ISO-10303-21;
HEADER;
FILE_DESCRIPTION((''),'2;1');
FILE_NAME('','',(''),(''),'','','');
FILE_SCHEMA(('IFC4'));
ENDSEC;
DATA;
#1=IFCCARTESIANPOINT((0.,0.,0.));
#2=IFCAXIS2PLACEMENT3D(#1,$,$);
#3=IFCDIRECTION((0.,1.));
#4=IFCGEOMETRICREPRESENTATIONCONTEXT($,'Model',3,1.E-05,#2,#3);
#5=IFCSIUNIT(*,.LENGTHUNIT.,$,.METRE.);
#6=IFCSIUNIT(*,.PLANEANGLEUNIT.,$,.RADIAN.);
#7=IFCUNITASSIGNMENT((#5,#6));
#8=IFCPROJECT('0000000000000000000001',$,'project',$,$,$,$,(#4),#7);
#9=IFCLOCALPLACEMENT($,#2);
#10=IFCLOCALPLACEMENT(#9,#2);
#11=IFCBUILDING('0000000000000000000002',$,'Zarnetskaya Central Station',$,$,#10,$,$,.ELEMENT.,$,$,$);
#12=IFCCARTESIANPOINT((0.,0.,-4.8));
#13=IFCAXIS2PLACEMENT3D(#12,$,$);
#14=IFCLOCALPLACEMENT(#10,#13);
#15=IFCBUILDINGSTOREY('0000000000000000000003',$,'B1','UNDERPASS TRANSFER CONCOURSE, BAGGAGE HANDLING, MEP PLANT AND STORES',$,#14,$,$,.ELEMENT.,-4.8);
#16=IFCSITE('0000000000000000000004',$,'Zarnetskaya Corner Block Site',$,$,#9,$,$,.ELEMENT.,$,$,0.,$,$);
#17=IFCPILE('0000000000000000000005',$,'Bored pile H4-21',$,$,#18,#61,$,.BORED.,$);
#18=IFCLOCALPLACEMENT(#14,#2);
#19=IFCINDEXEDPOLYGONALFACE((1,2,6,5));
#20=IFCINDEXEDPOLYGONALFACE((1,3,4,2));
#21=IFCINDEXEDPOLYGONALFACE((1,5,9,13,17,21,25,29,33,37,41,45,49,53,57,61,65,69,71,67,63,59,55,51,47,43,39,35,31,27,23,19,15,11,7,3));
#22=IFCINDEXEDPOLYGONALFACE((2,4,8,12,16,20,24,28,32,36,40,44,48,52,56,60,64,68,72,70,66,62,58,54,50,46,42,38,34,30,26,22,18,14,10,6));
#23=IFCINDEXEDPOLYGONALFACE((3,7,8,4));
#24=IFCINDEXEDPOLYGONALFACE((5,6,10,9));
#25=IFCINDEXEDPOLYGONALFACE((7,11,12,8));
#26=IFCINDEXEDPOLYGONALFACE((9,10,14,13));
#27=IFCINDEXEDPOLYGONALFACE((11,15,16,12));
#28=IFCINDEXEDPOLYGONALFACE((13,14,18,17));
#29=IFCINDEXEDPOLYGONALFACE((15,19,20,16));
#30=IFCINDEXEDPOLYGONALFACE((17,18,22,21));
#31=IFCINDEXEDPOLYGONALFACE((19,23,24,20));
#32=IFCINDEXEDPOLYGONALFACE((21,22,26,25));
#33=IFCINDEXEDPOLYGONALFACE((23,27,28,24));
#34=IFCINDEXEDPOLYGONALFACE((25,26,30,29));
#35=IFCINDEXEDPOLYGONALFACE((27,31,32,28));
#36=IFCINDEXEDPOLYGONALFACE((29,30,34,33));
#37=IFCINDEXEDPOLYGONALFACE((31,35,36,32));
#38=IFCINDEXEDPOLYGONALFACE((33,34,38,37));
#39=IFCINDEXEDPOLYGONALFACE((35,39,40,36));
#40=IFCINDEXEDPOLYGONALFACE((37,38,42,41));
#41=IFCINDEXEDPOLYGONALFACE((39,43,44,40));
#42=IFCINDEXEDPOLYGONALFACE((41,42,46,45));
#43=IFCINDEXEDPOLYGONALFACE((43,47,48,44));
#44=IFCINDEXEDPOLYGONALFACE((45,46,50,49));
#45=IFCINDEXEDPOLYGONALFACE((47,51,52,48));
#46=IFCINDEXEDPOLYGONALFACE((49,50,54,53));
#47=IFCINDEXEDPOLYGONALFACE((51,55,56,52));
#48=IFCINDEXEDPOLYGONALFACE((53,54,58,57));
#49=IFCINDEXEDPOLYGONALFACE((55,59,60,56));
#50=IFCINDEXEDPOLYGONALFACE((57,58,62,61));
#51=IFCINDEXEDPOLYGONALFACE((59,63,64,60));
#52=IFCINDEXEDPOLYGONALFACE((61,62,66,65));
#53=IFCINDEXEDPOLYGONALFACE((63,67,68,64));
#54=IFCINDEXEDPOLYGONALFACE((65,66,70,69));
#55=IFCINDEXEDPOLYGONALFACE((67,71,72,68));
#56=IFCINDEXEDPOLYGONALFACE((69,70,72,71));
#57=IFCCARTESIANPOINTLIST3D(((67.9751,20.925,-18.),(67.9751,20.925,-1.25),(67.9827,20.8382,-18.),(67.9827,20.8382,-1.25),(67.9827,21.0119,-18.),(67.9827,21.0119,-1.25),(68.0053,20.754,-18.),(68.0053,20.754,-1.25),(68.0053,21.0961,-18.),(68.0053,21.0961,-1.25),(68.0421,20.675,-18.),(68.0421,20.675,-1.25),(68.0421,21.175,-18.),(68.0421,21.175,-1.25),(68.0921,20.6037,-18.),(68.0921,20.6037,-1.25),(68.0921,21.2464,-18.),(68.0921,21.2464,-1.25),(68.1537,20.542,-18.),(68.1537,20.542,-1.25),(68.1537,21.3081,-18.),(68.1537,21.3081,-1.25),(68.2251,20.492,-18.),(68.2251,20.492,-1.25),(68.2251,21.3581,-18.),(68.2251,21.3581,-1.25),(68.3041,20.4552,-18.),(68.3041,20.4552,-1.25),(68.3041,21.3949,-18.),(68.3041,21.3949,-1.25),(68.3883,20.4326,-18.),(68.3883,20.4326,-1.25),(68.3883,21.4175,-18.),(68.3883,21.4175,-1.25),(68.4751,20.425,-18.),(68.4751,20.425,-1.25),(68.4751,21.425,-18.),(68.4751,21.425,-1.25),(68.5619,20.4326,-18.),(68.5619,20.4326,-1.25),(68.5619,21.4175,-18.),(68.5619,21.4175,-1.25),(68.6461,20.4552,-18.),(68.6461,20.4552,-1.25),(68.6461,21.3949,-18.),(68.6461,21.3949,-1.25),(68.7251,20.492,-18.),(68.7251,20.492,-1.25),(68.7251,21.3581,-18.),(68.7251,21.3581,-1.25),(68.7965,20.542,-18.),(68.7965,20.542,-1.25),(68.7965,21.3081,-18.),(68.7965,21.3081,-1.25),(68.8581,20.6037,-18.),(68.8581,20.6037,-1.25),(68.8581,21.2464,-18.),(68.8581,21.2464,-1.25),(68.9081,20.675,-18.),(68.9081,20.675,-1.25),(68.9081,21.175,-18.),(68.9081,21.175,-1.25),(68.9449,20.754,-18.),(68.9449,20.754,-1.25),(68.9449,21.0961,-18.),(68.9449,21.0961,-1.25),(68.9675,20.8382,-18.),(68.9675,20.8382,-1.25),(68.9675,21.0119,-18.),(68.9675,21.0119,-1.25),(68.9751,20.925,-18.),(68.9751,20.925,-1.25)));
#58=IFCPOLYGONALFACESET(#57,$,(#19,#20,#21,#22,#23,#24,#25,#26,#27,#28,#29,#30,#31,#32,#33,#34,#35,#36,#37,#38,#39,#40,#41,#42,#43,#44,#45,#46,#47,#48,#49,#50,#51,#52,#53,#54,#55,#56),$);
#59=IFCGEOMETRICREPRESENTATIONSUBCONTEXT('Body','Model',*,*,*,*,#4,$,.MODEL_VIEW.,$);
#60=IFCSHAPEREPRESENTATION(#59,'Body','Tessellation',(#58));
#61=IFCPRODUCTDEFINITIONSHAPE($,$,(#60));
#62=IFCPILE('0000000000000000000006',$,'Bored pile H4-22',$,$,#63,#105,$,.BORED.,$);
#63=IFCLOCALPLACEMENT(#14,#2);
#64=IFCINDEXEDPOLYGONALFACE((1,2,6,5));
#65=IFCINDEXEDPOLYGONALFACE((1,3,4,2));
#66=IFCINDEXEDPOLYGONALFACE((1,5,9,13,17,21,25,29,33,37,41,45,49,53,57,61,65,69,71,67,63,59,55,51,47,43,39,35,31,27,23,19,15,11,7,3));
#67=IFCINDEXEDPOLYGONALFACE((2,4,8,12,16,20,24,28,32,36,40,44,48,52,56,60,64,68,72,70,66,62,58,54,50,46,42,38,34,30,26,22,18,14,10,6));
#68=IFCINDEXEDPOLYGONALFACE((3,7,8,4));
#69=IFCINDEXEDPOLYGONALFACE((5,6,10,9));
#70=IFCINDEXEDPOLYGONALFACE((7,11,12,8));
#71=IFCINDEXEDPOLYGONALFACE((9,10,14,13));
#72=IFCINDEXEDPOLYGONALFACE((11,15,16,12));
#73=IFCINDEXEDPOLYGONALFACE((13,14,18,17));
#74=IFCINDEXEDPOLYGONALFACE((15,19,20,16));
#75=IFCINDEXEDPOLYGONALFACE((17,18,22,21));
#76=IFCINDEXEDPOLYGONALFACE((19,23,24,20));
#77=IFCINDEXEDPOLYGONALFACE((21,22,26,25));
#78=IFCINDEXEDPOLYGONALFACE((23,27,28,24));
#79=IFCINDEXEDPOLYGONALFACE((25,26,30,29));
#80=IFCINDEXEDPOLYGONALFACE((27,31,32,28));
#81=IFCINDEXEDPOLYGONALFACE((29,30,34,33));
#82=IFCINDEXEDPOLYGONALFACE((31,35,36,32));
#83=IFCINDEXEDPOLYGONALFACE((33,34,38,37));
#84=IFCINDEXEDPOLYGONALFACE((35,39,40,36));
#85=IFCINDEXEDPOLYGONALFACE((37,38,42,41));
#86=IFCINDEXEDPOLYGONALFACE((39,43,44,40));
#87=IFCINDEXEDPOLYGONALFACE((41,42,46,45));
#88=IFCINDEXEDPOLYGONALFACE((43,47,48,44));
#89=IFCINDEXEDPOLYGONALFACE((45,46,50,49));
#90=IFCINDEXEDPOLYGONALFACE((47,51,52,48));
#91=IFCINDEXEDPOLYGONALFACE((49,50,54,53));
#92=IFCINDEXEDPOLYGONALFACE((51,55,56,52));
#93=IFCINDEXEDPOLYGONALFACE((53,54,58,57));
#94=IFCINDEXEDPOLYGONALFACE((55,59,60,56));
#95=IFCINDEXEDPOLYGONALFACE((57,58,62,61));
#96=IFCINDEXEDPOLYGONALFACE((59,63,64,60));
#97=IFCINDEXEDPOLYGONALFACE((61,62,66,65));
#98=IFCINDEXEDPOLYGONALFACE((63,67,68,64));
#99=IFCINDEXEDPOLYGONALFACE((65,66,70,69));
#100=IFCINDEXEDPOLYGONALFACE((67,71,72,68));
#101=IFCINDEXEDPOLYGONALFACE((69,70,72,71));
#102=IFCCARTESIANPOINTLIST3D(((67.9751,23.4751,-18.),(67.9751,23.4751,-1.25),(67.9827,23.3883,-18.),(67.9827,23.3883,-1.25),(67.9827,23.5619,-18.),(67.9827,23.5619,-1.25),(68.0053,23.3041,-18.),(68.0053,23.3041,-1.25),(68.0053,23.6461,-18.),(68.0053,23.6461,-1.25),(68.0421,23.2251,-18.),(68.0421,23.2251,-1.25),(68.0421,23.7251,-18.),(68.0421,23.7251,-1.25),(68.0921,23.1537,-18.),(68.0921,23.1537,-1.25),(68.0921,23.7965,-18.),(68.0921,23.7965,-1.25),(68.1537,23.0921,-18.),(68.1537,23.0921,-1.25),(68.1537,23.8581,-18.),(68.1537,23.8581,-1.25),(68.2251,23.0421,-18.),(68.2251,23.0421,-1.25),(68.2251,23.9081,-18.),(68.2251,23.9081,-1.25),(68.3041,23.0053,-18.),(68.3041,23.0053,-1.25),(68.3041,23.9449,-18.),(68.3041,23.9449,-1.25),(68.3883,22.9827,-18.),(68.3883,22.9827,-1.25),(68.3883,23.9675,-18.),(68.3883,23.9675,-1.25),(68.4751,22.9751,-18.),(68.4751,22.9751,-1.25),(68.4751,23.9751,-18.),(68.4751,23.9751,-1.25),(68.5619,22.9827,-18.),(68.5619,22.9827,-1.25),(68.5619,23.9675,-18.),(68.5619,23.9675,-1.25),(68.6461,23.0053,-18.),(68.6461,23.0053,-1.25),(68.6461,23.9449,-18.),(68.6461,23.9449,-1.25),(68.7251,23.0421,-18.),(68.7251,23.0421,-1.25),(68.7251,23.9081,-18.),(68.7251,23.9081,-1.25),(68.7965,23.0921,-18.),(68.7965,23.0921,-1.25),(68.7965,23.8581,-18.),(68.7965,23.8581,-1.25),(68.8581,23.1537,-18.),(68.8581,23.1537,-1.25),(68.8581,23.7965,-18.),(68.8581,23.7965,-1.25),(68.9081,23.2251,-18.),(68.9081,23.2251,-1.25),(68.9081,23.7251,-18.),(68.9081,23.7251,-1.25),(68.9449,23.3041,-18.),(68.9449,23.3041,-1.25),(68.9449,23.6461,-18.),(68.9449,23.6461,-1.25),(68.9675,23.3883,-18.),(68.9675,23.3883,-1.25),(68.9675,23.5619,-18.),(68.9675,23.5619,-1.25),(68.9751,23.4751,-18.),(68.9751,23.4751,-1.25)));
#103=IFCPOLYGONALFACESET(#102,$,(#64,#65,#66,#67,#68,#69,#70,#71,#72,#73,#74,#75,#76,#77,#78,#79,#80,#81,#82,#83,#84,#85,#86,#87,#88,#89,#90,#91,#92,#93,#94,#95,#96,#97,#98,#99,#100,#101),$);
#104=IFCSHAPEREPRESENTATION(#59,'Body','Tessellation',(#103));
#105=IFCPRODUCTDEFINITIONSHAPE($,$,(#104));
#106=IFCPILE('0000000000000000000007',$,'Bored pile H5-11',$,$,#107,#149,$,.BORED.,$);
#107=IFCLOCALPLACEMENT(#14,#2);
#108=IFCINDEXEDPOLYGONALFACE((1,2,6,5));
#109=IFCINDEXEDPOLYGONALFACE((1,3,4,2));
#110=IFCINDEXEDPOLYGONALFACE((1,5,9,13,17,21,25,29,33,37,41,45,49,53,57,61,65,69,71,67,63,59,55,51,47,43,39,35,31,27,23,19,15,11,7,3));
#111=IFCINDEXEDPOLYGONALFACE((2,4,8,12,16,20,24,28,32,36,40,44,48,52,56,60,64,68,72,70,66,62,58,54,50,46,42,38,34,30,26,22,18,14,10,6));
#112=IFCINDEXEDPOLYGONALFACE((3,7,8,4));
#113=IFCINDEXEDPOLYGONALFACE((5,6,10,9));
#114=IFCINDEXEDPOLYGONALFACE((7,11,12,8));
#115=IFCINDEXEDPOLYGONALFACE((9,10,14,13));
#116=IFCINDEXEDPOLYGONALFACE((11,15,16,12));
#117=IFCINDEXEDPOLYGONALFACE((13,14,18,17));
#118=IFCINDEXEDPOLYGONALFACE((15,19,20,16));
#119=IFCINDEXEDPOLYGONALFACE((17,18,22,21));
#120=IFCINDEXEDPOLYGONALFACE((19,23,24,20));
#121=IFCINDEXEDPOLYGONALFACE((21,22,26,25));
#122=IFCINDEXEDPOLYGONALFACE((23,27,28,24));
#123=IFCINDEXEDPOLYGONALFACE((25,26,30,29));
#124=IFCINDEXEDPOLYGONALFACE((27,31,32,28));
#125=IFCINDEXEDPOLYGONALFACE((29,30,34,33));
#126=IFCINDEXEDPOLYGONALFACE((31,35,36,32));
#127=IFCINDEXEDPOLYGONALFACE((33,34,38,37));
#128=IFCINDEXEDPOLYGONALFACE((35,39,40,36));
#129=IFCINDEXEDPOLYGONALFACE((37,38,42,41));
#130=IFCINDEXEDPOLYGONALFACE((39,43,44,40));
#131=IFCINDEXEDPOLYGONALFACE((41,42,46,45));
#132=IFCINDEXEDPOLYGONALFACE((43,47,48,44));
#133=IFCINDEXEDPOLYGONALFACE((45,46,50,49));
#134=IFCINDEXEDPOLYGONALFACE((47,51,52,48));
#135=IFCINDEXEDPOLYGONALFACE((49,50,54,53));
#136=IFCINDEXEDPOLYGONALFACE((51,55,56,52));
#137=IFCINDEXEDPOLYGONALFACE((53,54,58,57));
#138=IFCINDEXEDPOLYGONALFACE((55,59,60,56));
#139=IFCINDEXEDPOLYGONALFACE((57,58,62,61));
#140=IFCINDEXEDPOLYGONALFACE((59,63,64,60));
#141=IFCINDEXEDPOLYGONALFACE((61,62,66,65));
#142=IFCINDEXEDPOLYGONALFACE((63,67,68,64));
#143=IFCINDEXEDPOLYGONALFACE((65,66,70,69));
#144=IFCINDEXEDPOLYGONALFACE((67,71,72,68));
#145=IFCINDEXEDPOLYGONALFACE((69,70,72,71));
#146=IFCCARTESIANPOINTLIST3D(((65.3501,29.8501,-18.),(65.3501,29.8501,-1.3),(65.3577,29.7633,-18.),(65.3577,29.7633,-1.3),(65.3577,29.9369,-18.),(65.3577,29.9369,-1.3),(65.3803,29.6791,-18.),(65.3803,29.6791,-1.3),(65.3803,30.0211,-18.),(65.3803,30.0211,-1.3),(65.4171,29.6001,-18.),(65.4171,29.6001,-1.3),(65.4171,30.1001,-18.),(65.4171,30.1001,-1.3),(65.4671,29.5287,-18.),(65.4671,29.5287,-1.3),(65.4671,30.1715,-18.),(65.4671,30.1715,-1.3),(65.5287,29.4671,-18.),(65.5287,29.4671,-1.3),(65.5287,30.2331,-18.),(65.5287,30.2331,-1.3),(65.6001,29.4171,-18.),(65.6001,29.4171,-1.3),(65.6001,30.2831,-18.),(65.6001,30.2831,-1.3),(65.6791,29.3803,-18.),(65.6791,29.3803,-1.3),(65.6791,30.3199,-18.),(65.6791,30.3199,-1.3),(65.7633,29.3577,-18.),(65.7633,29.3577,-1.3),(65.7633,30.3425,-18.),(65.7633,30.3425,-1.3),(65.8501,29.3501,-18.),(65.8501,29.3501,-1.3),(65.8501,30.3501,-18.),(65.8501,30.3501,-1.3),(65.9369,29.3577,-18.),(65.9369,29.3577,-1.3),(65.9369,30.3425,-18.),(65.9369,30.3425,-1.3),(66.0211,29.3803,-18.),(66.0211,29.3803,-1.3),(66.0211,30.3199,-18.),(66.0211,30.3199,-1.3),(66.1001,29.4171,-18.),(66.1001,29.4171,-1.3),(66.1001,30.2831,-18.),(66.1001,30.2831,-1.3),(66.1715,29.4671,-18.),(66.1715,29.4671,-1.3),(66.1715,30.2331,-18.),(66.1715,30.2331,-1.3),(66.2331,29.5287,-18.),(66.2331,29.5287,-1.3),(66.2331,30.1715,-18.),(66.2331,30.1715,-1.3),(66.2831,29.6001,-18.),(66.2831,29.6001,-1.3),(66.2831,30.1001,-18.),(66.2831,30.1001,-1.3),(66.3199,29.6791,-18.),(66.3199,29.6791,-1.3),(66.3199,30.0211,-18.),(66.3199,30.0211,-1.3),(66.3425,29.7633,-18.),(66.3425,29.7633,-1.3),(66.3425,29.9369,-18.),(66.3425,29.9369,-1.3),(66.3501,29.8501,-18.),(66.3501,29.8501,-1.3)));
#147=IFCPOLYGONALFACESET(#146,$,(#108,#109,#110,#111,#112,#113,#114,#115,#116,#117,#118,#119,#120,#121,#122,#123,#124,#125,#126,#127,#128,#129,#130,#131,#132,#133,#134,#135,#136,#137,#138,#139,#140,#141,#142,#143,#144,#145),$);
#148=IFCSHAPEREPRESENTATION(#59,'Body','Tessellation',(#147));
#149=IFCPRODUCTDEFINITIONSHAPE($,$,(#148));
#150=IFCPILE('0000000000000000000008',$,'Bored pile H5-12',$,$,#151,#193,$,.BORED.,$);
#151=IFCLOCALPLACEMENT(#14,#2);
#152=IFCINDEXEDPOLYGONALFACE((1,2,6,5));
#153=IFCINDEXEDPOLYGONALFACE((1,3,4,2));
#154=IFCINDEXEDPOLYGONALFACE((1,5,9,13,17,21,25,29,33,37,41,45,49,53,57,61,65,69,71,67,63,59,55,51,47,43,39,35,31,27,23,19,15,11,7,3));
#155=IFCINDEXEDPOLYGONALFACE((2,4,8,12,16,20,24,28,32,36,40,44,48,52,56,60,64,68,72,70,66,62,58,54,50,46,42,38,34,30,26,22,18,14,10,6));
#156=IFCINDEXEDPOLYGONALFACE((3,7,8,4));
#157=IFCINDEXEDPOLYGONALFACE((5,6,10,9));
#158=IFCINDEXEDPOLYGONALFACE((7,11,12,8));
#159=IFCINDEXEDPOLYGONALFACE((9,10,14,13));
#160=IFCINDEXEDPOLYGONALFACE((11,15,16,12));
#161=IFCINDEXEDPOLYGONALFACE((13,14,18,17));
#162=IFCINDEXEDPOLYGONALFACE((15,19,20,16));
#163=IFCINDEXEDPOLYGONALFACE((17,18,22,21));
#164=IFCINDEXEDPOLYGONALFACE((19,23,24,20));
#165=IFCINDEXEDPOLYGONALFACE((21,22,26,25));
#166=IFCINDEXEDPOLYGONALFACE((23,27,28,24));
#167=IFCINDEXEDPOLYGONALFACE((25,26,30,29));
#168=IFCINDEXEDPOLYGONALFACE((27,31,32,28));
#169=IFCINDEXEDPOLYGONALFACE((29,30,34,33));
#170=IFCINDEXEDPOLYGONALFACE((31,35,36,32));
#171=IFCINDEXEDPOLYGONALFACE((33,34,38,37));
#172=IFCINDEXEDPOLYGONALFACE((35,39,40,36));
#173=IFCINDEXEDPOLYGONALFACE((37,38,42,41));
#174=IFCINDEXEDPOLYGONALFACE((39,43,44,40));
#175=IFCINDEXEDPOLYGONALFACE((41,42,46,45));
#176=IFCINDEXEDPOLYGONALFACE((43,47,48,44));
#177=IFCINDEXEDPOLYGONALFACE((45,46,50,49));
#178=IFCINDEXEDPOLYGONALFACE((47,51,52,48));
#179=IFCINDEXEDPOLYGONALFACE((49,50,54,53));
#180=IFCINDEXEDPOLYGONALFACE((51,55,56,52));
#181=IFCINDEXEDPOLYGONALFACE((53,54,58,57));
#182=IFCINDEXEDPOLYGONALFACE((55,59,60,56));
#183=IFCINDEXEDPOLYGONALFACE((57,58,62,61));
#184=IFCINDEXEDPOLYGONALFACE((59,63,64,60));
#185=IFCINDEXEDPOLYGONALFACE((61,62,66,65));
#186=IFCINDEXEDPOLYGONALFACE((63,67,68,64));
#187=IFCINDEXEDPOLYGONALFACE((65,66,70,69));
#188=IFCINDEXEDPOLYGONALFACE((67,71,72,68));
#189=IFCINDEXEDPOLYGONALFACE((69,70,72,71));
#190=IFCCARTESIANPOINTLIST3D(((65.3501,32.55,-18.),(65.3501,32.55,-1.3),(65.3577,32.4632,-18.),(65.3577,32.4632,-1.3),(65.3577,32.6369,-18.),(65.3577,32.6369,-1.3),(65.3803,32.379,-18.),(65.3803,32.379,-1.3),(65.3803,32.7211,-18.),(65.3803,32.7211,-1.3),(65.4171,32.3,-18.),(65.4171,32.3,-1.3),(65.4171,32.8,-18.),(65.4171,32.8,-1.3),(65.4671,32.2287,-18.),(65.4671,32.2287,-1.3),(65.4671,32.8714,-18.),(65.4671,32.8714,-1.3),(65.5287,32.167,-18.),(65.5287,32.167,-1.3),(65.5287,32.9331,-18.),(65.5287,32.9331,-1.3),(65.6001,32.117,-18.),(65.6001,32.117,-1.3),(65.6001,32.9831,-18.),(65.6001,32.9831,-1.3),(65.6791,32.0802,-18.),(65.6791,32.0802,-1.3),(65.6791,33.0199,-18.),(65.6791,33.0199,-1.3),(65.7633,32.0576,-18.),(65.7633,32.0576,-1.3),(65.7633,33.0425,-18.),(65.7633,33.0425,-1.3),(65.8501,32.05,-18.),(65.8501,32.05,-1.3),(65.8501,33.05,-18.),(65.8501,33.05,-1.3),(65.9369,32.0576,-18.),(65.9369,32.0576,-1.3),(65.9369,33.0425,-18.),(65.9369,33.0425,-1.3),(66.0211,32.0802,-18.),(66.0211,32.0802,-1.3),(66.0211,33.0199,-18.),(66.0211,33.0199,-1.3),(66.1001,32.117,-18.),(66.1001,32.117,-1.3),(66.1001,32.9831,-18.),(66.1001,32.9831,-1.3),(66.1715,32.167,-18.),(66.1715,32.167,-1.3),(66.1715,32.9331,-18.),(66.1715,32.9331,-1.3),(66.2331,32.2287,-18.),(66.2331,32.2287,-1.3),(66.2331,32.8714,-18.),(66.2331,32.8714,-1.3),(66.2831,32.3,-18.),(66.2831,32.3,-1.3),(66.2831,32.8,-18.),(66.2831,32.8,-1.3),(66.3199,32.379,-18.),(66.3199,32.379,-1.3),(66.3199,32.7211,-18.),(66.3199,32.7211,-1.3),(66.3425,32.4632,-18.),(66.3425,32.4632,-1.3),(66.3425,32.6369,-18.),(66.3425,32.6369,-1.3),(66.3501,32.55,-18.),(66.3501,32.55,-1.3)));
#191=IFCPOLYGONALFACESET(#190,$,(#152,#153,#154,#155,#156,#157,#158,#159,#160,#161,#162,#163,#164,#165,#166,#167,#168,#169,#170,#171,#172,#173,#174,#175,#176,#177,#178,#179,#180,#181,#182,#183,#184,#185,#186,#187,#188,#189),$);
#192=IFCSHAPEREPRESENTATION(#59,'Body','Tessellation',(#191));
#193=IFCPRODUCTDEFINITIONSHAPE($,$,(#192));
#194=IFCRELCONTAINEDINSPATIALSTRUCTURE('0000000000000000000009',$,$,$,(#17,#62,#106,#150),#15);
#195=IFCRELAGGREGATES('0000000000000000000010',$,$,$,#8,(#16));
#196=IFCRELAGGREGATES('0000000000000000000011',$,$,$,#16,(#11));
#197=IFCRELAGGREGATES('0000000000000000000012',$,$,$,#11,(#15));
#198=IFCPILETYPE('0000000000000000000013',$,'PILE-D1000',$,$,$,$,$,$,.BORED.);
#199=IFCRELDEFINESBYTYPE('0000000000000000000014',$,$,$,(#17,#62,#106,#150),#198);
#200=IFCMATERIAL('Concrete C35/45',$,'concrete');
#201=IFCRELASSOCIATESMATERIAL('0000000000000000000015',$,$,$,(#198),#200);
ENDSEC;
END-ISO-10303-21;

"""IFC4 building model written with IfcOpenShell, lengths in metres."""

from ifc_helpers import new_model, si_unit, direction, frame, origin, origin_2d, place, context, subcontext, project, spatial, circle, extrude, material, material_profile, profile_set, type_object, element, save


model = new_model("IFC4")

# Units and contexts
model_context = context("Model", 3, precision=1e-05, world=origin(), true_north=direction((0.0, 1.0)))
body_context = subcontext(model_context, "Body", "Model", "MODEL_VIEW")
ifc_project = project(units=[si_unit("LENGTHUNIT", "METRE"), si_unit("PLANEANGLEUNIT", "RADIAN")], contexts=[model_context])

# Site, building, storey
site_placement = place(None, origin())
site = spatial("IfcSite", under=ifc_project, at=site_placement, Name="Zarnetskaya Corner Block Site", CompositionType="ELEMENT", RefElevation=0.0)
building_placement = place(site_placement, origin())
building = spatial("IfcBuilding", under=site, at=building_placement, Name="Zarnetskaya Central Station", CompositionType="ELEMENT")
storey_placement = place(building_placement, frame((0.0, 0.0, -4.8)))
storey = spatial("IfcBuildingStorey", under=building, at=storey_placement, Name="B1", Description="UNDERPASS TRANSFER CONCOURSE, BAGGAGE HANDLING, MEP PLANT AND STORES", CompositionType="ELEMENT", Elevation=-4.8)

# Shared definitions
ifc_material_1 = material(Name="Concrete C35/45", Category="concrete")

# Piles
ifc_material_profile_1 = material_profile(ifc_material_1, circle(Radius=0.5, at=origin_2d()), Name="BORED PILE D1000")
ifc_profile_set_1 = profile_set([ifc_material_profile_1], Name="Concrete C35/45")
pile_type = type_object("IfcPileType", Name="PILE-D1000", PredefinedType="BORED", material=ifc_profile_set_1)
for number, where, z_axis, x_axis, name in (
    (1, (68.4751, 20.925, -1.25), (0.0, 0.0, -1.0), (1.0, 0.0, 0.0), "Bored pile H4-21"),
    (2, (68.4751, 23.4751, -1.25), (0.0, 0.0, -1.0), (1.0, 0.0, 0.0), "Bored pile H4-22"),
):
    element("IfcPile", number, at=place(storey_placement, frame(where, z_axis=z_axis, x_axis=x_axis)), inside=storey, type_object=pile_type, Name=name, PredefinedType="BORED", context=body_context, shape_type="SweptSolid", body=[
        extrude(circle(Radius=0.5, at=origin_2d()), origin(), (0.0, 0.0, 1.0), 16.75),
    ])
for number, where, z_axis, x_axis, name in (
    (3, (65.8501, 29.8501, -1.3), (0.0, 0.0, -1.0), (1.0, 0.0, 0.0), "Bored pile H5-11"),
    (4, (65.8501, 32.55, -1.3), (0.0, 0.0, -1.0), (1.0, 0.0, 0.0), "Bored pile H5-12"),
):
    element("IfcPile", number, at=place(storey_placement, frame(where, z_axis=z_axis, x_axis=x_axis)), inside=storey, type_object=pile_type, Name=name, PredefinedType="BORED", context=body_context, shape_type="SweptSolid", body=[
        extrude(circle(Radius=0.5, at=origin_2d()), origin(), (0.0, 0.0, 1.0), 16.7),
    ])

save(model, "model.ifc")
